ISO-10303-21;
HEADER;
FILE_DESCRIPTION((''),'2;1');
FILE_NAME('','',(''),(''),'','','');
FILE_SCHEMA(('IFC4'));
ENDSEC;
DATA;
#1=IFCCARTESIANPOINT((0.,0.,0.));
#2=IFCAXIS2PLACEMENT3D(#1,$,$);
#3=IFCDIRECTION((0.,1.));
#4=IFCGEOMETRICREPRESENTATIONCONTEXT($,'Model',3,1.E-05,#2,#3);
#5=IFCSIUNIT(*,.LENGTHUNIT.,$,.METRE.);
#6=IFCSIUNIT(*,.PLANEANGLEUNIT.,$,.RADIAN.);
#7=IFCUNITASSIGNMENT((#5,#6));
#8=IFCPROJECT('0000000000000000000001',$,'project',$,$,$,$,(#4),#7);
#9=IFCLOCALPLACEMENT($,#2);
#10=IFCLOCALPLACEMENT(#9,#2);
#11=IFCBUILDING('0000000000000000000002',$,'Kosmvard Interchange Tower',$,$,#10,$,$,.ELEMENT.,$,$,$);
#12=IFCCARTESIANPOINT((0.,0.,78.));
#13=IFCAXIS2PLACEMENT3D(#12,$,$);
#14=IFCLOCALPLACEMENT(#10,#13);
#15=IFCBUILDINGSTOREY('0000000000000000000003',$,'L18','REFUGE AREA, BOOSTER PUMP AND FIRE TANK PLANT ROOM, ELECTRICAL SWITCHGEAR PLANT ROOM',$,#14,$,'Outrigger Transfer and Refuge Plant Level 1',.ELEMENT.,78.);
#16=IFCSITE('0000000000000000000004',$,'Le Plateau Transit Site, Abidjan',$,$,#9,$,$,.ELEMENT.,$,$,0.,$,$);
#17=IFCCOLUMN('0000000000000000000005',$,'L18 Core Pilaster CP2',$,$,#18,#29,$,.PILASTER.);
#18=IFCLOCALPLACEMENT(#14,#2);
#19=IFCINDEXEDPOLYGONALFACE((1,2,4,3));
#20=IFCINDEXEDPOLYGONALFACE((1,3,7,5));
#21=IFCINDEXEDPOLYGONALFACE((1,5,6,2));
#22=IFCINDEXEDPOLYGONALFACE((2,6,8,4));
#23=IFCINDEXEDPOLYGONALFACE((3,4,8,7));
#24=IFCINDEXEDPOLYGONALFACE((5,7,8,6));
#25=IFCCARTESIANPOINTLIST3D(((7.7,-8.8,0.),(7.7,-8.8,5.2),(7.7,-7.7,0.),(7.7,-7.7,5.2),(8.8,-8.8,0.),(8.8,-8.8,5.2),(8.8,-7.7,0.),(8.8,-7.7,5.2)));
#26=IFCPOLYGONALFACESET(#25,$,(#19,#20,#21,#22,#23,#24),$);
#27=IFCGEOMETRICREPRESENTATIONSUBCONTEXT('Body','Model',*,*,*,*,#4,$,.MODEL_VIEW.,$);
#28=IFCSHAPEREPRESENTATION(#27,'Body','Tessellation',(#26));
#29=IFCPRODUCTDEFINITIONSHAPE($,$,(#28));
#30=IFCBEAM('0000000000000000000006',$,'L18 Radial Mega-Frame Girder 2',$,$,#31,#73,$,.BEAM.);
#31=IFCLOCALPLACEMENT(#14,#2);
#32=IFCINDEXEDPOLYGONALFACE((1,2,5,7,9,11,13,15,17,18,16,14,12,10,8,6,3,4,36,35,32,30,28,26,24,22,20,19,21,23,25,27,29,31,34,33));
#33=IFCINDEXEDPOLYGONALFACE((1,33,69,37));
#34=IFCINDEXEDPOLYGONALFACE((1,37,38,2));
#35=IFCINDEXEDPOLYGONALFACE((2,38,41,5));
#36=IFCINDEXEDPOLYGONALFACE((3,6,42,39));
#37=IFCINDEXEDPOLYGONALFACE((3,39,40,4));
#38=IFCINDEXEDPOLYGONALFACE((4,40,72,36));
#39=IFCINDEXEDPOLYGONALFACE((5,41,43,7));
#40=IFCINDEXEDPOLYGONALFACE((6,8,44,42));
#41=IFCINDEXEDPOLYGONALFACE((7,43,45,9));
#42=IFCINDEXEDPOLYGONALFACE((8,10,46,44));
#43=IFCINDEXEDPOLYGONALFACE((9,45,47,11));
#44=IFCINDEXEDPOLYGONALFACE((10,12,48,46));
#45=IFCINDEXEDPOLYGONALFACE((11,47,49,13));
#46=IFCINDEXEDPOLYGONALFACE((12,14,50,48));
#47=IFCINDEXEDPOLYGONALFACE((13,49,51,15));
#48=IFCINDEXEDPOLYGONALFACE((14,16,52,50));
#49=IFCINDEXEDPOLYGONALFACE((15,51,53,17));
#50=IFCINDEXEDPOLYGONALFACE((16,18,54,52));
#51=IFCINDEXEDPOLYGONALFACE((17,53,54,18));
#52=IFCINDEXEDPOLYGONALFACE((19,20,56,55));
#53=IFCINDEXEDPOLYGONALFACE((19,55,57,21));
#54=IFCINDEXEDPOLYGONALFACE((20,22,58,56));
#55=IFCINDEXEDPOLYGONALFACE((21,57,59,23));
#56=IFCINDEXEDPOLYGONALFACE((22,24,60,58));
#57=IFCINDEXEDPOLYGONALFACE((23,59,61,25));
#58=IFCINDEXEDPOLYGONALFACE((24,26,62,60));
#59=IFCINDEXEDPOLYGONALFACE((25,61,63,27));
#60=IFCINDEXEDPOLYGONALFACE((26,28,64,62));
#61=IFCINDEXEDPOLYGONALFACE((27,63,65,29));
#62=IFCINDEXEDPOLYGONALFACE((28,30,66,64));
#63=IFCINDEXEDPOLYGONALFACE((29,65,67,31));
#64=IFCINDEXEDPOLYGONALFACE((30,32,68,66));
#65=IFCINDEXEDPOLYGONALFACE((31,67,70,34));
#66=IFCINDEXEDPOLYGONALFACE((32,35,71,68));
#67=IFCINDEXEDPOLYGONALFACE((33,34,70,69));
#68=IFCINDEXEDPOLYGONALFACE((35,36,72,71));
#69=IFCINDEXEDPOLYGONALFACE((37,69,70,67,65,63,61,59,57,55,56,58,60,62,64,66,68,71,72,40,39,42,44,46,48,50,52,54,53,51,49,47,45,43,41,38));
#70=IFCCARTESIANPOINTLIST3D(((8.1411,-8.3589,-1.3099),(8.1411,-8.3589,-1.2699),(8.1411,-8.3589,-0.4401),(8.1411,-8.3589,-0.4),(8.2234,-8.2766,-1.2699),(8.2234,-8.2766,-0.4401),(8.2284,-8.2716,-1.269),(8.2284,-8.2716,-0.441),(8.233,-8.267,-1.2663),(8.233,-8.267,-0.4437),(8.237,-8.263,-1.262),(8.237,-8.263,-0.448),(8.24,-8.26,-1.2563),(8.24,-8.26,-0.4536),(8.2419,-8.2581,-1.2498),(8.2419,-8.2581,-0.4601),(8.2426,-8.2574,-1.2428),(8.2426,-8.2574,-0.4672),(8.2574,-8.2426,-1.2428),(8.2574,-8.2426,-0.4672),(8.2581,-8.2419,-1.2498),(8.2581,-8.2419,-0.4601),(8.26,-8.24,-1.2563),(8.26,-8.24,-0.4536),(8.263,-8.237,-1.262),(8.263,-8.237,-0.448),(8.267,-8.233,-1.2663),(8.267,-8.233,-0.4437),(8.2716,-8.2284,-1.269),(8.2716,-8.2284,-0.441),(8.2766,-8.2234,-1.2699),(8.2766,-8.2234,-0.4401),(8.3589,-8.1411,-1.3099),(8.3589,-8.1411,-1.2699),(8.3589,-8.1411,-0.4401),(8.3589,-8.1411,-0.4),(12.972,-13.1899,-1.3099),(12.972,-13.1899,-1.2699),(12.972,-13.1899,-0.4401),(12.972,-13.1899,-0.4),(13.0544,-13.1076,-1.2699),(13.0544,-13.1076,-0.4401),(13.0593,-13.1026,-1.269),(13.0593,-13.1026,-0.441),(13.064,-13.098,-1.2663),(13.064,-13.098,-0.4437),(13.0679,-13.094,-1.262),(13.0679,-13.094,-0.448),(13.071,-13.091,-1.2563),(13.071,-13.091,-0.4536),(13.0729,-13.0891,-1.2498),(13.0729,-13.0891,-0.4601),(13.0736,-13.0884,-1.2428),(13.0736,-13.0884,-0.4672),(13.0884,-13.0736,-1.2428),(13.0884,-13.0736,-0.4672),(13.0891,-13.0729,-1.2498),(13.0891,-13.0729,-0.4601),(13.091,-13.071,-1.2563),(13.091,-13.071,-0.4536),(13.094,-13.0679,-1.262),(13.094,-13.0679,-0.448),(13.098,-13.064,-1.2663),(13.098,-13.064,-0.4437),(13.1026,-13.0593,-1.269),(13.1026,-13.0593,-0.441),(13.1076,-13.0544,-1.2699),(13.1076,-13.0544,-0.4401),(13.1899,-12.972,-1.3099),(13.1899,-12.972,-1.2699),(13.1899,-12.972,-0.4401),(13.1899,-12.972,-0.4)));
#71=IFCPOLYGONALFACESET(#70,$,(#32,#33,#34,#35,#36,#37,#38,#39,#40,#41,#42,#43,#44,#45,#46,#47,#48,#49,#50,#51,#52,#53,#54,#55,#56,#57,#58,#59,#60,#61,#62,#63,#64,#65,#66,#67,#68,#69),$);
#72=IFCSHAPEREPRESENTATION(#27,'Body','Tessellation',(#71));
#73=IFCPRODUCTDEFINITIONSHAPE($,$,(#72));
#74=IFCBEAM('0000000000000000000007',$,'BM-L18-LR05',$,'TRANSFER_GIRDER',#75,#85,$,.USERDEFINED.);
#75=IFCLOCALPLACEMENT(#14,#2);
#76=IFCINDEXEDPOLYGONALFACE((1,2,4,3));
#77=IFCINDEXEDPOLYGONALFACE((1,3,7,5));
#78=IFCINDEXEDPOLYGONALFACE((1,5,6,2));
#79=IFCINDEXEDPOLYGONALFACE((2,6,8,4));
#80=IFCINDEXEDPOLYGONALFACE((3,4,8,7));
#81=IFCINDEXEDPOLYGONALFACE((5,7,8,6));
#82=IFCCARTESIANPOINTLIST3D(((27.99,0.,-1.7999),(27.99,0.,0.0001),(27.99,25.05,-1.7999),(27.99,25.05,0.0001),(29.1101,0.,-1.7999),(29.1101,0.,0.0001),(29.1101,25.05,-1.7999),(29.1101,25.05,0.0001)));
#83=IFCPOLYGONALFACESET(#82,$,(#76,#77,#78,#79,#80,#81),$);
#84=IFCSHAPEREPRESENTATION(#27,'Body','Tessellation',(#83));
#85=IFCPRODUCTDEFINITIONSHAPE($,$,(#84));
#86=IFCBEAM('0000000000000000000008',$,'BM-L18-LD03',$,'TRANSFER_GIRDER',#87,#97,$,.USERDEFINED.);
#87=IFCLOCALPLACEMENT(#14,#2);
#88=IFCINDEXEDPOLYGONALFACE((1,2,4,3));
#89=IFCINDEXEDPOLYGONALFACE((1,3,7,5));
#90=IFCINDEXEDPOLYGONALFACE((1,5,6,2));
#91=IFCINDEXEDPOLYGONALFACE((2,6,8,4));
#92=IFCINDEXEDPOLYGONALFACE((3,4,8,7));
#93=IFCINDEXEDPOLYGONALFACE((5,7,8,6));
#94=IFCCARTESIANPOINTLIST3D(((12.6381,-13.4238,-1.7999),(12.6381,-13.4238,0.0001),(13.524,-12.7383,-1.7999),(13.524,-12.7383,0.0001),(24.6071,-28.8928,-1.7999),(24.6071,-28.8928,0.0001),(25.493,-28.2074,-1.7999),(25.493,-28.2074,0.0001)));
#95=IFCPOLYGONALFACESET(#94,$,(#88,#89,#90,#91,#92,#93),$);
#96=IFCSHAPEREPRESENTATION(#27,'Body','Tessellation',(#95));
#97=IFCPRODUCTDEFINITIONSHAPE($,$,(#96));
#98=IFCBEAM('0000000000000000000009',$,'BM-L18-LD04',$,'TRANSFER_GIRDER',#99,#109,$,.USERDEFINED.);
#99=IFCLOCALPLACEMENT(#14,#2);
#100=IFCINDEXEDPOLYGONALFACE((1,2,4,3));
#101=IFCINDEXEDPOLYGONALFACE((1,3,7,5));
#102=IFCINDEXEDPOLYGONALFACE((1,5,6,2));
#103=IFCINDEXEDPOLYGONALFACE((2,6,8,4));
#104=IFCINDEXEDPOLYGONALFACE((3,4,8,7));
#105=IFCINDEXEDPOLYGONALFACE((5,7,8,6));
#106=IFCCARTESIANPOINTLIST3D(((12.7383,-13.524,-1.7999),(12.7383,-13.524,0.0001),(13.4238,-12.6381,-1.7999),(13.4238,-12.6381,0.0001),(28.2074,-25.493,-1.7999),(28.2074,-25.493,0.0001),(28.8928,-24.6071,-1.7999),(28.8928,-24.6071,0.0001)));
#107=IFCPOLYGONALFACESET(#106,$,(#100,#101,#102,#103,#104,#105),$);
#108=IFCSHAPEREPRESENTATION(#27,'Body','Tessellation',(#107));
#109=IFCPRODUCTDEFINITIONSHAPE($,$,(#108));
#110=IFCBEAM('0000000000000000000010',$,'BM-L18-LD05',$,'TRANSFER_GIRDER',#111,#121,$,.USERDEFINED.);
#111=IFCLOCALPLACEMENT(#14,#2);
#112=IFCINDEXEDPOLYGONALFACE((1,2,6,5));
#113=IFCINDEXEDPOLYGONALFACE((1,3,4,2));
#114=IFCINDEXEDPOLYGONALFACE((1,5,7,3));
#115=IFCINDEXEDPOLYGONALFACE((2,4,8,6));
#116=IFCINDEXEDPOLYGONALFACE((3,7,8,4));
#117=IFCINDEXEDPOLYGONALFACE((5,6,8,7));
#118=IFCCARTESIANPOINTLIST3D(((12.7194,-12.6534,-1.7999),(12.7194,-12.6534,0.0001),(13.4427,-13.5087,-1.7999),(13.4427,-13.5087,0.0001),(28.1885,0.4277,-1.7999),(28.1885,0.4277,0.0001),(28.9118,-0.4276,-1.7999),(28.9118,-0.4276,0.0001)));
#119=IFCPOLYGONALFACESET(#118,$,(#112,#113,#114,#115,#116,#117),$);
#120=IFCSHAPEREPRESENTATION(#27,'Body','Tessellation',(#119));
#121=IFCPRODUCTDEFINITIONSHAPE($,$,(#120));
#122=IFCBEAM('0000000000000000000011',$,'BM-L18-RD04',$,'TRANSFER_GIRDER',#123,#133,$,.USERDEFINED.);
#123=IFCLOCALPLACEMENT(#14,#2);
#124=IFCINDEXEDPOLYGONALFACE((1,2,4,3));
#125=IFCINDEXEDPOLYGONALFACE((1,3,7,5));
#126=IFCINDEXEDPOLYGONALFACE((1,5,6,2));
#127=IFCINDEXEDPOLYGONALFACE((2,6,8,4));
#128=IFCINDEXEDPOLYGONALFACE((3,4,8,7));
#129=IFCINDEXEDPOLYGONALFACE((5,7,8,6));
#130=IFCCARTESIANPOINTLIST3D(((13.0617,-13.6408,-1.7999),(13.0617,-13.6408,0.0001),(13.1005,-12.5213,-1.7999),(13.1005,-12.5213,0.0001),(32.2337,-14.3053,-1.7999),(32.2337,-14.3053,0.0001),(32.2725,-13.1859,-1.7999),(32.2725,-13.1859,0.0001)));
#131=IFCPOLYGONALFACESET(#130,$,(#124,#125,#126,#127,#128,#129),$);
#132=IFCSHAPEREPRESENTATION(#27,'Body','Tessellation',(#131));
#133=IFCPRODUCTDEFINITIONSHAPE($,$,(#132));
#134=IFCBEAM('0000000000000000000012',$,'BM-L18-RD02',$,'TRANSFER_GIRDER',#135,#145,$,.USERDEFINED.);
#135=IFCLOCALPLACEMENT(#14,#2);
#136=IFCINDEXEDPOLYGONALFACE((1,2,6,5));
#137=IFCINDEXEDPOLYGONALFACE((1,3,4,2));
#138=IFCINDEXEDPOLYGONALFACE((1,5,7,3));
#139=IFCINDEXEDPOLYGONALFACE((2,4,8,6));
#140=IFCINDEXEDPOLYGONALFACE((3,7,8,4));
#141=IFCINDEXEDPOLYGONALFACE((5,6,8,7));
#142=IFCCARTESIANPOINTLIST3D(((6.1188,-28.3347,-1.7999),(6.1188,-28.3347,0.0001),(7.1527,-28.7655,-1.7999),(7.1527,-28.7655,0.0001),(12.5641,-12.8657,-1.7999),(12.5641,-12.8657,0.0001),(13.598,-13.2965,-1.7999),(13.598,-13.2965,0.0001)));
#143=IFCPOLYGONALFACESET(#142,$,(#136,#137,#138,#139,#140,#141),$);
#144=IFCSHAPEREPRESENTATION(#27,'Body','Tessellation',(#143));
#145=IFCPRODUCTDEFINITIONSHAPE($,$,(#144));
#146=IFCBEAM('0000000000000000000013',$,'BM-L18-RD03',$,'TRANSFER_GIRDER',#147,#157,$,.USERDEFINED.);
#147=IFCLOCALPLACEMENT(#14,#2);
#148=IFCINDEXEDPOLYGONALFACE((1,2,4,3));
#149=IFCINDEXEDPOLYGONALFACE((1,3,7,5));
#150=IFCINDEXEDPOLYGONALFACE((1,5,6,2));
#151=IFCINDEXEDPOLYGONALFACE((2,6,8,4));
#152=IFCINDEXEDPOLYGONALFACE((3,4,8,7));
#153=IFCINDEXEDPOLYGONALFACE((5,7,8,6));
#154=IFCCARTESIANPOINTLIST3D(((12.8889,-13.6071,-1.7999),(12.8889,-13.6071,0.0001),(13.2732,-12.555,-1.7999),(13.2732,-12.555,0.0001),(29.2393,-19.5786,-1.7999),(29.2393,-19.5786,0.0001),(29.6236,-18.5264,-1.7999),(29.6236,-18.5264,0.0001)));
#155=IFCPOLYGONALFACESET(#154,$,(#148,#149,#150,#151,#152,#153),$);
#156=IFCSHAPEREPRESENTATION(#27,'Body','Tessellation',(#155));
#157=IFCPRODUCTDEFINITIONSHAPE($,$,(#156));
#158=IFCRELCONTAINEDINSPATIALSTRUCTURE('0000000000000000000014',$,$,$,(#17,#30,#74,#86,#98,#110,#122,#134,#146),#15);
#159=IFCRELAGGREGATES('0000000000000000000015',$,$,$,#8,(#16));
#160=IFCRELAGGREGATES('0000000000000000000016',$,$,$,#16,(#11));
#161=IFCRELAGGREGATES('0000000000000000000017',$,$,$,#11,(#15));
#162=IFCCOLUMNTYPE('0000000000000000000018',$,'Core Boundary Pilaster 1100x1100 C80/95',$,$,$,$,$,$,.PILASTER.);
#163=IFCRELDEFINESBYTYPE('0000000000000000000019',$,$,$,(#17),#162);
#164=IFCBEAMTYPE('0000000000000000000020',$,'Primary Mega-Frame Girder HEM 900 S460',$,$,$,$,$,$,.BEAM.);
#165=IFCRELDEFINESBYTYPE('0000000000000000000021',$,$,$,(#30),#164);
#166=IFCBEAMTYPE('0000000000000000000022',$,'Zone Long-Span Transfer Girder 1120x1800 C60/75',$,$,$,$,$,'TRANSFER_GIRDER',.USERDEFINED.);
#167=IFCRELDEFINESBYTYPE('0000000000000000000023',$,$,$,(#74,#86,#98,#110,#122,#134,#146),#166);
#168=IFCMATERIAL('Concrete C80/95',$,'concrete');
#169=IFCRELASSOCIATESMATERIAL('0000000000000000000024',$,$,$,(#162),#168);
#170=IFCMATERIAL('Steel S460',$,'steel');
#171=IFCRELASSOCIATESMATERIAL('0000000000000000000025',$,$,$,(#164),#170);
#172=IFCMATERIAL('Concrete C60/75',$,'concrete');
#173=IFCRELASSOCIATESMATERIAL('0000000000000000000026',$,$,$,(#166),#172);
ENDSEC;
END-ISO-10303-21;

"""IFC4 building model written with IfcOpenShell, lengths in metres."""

from ifc_helpers import new_model, si_unit, direction, frame, origin, origin_2d, place, context, subcontext, project, spatial, rectangle, i_section, extrude, source, transform, mapped, material, material_profile, profile_set, type_object, element, save


model = new_model("IFC4")

# Units and contexts
model_context = context("Model", 3, precision=1e-05, world=origin(), true_north=direction((0.0, 1.0)))
body_context = subcontext(model_context, "Body", "Model", "MODEL_VIEW")
ifc_project = project(units=[si_unit("LENGTHUNIT", "METRE"), si_unit("PLANEANGLEUNIT", "RADIAN")], contexts=[model_context])

# Site, building, storey
site_placement = place(None, origin())
site = spatial("IfcSite", under=ifc_project, at=site_placement, Name="Le Plateau Transit Site, Abidjan", CompositionType="ELEMENT", RefElevation=0.0)
building_placement = place(site_placement, origin())
building = spatial("IfcBuilding", under=site, at=building_placement, Name="Kosmvard Interchange Tower", CompositionType="ELEMENT")
storey_placement = place(building_placement, frame((0.0, 0.0, 78.0)))
storey = spatial("IfcBuildingStorey", under=building, at=storey_placement, Name="L18", Description="REFUGE AREA, BOOSTER PUMP AND FIRE TANK PLANT ROOM, ELECTRICAL SWITCHGEAR PLANT ROOM", LongName="Outrigger Transfer and Refuge Plant Level 1", CompositionType="ELEMENT", Elevation=78.0)

# Column
ifc_material_1 = material(Name="Concrete C80/95", Category="concrete")
ifc_material_profile_1 = material_profile(ifc_material_1, rectangle(XDim=1.1001, YDim=1.1001, at=origin_2d()), Name="CP 1100x1100")
ifc_profile_set_1 = profile_set([ifc_material_profile_1], Name="Concrete C80/95")
column_type = type_object("IfcColumnType", Name="Core Boundary Pilaster 1100x1100 C80/95", PredefinedType="PILASTER", material=ifc_profile_set_1)
shared_shape_1 = source(origin(), body_context, "Body", "SweptSolid", [
    extrude(rectangle(XDim=1.1001, YDim=1.1001, at=origin_2d()), origin(), (0.0, 0.0, 1.0), 5.2),
])
column_placement = place(storey_placement, frame((8.25, -8.25, 0.0), z_axis=(0.0, 0.0, 1.0), x_axis=(1.0, 0.0, 0.0)))
element("IfcColumn", 1, at=column_placement, inside=storey, type_object=column_type, Name="L18 Core Pilaster CP2", PredefinedType="PILASTER", context=body_context, shape_type="MappedRepresentation", body=[
    mapped(shared_shape_1, transform((0.0, 0.0, 0.0), scale=1.0)),
])

# Beams
ifc_material_2 = material(Name="Steel S460", Category="steel")
ifc_material_profile_2 = material_profile(ifc_material_2, i_section(OverallWidth=0.3081, OverallDepth=0.9099, WebThickness=0.021, FlangeThickness=0.04, FilletRadius=0.0271, at=origin_2d()), Name="HEM 900")
ifc_profile_set_2 = profile_set([ifc_material_profile_2], Name="Steel S460")
beam_type_1 = type_object("IfcBeamType", Name="Primary Mega-Frame Girder HEM 900 S460", PredefinedType="BEAM", material=ifc_profile_set_2)
shared_shape_2 = source(origin(), body_context, "Body", "SweptSolid", [
    extrude(i_section(OverallWidth=0.3081, OverallDepth=0.9099, WebThickness=0.021, FlangeThickness=0.04, FilletRadius=0.0271, at=origin_2d()), origin(), (0.0, 0.0, 1.0), 6.832),
])
beam_1_placement = place(storey_placement, frame((8.25, -8.25, -0.855), z_axis=(0.707107, -0.707107, 0.0), x_axis=(0.707107, 0.707107, 0.0)))
element("IfcBeam", 2, at=beam_1_placement, inside=storey, type_object=beam_type_1, Name="L18 Radial Mega-Frame Girder 2", PredefinedType="BEAM", context=body_context, shape_type="MappedRepresentation", body=[
    mapped(shared_shape_2, transform((0.0, 0.0, 0.0), scale=1.0)),
])
ifc_material_3 = material(Name="Concrete C60/75", Category="concrete")
ifc_material_profile_3 = material_profile(ifc_material_3, rectangle(XDim=1.1201, YDim=1.8, at=origin_2d()), Name="TG 1120x1800")
ifc_profile_set_3 = profile_set([ifc_material_profile_3], Name="Concrete C60/75")
beam_type_2 = type_object("IfcBeamType", Name="Zone Long-Span Transfer Girder 1120x1800 C60/75", ElementType="TRANSFER_GIRDER", PredefinedType="USERDEFINED", material=ifc_profile_set_3)
shared_shape_3 = source(origin(), body_context, "Body", "SweptSolid", [
    extrude(rectangle(XDim=1.1201, YDim=1.8, at=origin_2d()), origin(), (0.0, 0.0, 1.0), 25.05),
])
beam_2_placement = place(storey_placement, frame((28.55, 0.0, -0.8999), z_axis=(0.0, 1.0, 0.0), x_axis=(-1.0, 0.0, 0.0)))
element("IfcBeam", 3, at=beam_2_placement, inside=storey, type_object=beam_type_2, Name="BM-L18-LR05", ObjectType="TRANSFER_GIRDER", PredefinedType="USERDEFINED", context=body_context, shape_type="MappedRepresentation", body=[
    mapped(shared_shape_3, transform((0.0, 0.0, 0.0), scale=1.0)),
])
shared_shape_4 = source(origin(), body_context, "Body", "SweptSolid", [
    extrude(rectangle(XDim=1.1201, YDim=1.8, at=origin_2d()), origin(), (0.0, 0.0, 1.0), 19.5588),
])
for number, where, z_axis, x_axis, name in (
    (4, (13.0811, -13.0811, -0.8999), (0.611949, -0.790897, 0.0), (0.790897, 0.611949, 0.0), "BM-L18-LD03"),
    (5, (13.0811, -13.0811, -0.8999), (0.790897, -0.611949, 0.0), (0.611949, 0.790897, 0.0), "BM-L18-LD04"),
):
    element("IfcBeam", number, at=place(storey_placement, frame(where, z_axis=z_axis, x_axis=x_axis)), inside=storey, type_object=beam_type_2, Name=name, ObjectType="TRANSFER_GIRDER", PredefinedType="USERDEFINED", context=body_context, shape_type="MappedRepresentation", body=[
        mapped(shared_shape_4, transform((0.0, 0.0, 0.0), scale=1.0)),
    ])
shared_shape_5 = source(origin(), body_context, "Body", "SweptSolid", [
    extrude(rectangle(XDim=1.1201, YDim=1.8, at=origin_2d()), origin(), (0.0, 0.0, 1.0), 20.2585),
])
beam_3_placement = place(storey_placement, frame((13.0811, -13.0811, -0.8999), z_axis=(0.763583, 0.645709, 0.0), x_axis=(-0.645709, 0.763583, 0.0)))
element("IfcBeam", 6, at=beam_3_placement, inside=storey, type_object=beam_type_2, Name="BM-L18-LD05", ObjectType="TRANSFER_GIRDER", PredefinedType="USERDEFINED", context=body_context, shape_type="MappedRepresentation", body=[
    mapped(shared_shape_5, transform((0.0, 0.0, 0.0), scale=1.0)),
])
shared_shape_6 = source(origin(), body_context, "Body", "SweptSolid", [
    extrude(rectangle(XDim=1.1201, YDim=1.8, at=origin_2d()), origin(), (0.0, 0.0, 1.0), 19.1836),
])
beam_4_placement = place(storey_placement, frame((13.0811, -13.0811, -0.8999), z_axis=(0.9994, -0.034642, 0.0), x_axis=(0.034642, 0.9994, 0.0)))
element("IfcBeam", 7, at=beam_4_placement, inside=storey, type_object=beam_type_2, Name="BM-L18-RD04", ObjectType="TRANSFER_GIRDER", PredefinedType="USERDEFINED", context=body_context, shape_type="MappedRepresentation", body=[
    mapped(shared_shape_6, transform((0.0, 0.0, 0.0), scale=1.0)),
])
shared_shape_7 = source(origin(), body_context, "Body", "SweptSolid", [
    extrude(rectangle(XDim=1.1201, YDim=1.8, at=origin_2d()), origin(), (0.0, 0.0, 1.0), 16.7581),
])
beam_5_placement = place(storey_placement, frame((13.0811, -13.0811, -0.8999), z_axis=(-0.38461, -0.923079, 0.0), x_axis=(0.923079, -0.38461, 0.0)))
element("IfcBeam", 8, at=beam_5_placement, inside=storey, type_object=beam_type_2, Name="BM-L18-RD02", ObjectType="TRANSFER_GIRDER", PredefinedType="USERDEFINED", context=body_context, shape_type="MappedRepresentation", body=[
    mapped(shared_shape_7, transform((0.0, 0.0, 0.0), scale=1.0)),
])
shared_shape_8 = source(origin(), body_context, "Body", "SweptSolid", [
    extrude(rectangle(XDim=1.1201, YDim=1.8, at=origin_2d()), origin(), (0.0, 0.0, 1.0), 17.4067),
])
beam_6_placement = place(storey_placement, frame((13.0811, -13.0811, -0.8999), z_axis=(0.939315, -0.343055, 0.0), x_axis=(0.343055, 0.939315, 0.0)))
element("IfcBeam", 9, at=beam_6_placement, inside=storey, type_object=beam_type_2, Name="BM-L18-RD03", ObjectType="TRANSFER_GIRDER", PredefinedType="USERDEFINED", context=body_context, shape_type="MappedRepresentation", body=[
    mapped(shared_shape_8, transform((0.0, 0.0, 0.0), scale=1.0)),
])

save(model, "model.ifc")
